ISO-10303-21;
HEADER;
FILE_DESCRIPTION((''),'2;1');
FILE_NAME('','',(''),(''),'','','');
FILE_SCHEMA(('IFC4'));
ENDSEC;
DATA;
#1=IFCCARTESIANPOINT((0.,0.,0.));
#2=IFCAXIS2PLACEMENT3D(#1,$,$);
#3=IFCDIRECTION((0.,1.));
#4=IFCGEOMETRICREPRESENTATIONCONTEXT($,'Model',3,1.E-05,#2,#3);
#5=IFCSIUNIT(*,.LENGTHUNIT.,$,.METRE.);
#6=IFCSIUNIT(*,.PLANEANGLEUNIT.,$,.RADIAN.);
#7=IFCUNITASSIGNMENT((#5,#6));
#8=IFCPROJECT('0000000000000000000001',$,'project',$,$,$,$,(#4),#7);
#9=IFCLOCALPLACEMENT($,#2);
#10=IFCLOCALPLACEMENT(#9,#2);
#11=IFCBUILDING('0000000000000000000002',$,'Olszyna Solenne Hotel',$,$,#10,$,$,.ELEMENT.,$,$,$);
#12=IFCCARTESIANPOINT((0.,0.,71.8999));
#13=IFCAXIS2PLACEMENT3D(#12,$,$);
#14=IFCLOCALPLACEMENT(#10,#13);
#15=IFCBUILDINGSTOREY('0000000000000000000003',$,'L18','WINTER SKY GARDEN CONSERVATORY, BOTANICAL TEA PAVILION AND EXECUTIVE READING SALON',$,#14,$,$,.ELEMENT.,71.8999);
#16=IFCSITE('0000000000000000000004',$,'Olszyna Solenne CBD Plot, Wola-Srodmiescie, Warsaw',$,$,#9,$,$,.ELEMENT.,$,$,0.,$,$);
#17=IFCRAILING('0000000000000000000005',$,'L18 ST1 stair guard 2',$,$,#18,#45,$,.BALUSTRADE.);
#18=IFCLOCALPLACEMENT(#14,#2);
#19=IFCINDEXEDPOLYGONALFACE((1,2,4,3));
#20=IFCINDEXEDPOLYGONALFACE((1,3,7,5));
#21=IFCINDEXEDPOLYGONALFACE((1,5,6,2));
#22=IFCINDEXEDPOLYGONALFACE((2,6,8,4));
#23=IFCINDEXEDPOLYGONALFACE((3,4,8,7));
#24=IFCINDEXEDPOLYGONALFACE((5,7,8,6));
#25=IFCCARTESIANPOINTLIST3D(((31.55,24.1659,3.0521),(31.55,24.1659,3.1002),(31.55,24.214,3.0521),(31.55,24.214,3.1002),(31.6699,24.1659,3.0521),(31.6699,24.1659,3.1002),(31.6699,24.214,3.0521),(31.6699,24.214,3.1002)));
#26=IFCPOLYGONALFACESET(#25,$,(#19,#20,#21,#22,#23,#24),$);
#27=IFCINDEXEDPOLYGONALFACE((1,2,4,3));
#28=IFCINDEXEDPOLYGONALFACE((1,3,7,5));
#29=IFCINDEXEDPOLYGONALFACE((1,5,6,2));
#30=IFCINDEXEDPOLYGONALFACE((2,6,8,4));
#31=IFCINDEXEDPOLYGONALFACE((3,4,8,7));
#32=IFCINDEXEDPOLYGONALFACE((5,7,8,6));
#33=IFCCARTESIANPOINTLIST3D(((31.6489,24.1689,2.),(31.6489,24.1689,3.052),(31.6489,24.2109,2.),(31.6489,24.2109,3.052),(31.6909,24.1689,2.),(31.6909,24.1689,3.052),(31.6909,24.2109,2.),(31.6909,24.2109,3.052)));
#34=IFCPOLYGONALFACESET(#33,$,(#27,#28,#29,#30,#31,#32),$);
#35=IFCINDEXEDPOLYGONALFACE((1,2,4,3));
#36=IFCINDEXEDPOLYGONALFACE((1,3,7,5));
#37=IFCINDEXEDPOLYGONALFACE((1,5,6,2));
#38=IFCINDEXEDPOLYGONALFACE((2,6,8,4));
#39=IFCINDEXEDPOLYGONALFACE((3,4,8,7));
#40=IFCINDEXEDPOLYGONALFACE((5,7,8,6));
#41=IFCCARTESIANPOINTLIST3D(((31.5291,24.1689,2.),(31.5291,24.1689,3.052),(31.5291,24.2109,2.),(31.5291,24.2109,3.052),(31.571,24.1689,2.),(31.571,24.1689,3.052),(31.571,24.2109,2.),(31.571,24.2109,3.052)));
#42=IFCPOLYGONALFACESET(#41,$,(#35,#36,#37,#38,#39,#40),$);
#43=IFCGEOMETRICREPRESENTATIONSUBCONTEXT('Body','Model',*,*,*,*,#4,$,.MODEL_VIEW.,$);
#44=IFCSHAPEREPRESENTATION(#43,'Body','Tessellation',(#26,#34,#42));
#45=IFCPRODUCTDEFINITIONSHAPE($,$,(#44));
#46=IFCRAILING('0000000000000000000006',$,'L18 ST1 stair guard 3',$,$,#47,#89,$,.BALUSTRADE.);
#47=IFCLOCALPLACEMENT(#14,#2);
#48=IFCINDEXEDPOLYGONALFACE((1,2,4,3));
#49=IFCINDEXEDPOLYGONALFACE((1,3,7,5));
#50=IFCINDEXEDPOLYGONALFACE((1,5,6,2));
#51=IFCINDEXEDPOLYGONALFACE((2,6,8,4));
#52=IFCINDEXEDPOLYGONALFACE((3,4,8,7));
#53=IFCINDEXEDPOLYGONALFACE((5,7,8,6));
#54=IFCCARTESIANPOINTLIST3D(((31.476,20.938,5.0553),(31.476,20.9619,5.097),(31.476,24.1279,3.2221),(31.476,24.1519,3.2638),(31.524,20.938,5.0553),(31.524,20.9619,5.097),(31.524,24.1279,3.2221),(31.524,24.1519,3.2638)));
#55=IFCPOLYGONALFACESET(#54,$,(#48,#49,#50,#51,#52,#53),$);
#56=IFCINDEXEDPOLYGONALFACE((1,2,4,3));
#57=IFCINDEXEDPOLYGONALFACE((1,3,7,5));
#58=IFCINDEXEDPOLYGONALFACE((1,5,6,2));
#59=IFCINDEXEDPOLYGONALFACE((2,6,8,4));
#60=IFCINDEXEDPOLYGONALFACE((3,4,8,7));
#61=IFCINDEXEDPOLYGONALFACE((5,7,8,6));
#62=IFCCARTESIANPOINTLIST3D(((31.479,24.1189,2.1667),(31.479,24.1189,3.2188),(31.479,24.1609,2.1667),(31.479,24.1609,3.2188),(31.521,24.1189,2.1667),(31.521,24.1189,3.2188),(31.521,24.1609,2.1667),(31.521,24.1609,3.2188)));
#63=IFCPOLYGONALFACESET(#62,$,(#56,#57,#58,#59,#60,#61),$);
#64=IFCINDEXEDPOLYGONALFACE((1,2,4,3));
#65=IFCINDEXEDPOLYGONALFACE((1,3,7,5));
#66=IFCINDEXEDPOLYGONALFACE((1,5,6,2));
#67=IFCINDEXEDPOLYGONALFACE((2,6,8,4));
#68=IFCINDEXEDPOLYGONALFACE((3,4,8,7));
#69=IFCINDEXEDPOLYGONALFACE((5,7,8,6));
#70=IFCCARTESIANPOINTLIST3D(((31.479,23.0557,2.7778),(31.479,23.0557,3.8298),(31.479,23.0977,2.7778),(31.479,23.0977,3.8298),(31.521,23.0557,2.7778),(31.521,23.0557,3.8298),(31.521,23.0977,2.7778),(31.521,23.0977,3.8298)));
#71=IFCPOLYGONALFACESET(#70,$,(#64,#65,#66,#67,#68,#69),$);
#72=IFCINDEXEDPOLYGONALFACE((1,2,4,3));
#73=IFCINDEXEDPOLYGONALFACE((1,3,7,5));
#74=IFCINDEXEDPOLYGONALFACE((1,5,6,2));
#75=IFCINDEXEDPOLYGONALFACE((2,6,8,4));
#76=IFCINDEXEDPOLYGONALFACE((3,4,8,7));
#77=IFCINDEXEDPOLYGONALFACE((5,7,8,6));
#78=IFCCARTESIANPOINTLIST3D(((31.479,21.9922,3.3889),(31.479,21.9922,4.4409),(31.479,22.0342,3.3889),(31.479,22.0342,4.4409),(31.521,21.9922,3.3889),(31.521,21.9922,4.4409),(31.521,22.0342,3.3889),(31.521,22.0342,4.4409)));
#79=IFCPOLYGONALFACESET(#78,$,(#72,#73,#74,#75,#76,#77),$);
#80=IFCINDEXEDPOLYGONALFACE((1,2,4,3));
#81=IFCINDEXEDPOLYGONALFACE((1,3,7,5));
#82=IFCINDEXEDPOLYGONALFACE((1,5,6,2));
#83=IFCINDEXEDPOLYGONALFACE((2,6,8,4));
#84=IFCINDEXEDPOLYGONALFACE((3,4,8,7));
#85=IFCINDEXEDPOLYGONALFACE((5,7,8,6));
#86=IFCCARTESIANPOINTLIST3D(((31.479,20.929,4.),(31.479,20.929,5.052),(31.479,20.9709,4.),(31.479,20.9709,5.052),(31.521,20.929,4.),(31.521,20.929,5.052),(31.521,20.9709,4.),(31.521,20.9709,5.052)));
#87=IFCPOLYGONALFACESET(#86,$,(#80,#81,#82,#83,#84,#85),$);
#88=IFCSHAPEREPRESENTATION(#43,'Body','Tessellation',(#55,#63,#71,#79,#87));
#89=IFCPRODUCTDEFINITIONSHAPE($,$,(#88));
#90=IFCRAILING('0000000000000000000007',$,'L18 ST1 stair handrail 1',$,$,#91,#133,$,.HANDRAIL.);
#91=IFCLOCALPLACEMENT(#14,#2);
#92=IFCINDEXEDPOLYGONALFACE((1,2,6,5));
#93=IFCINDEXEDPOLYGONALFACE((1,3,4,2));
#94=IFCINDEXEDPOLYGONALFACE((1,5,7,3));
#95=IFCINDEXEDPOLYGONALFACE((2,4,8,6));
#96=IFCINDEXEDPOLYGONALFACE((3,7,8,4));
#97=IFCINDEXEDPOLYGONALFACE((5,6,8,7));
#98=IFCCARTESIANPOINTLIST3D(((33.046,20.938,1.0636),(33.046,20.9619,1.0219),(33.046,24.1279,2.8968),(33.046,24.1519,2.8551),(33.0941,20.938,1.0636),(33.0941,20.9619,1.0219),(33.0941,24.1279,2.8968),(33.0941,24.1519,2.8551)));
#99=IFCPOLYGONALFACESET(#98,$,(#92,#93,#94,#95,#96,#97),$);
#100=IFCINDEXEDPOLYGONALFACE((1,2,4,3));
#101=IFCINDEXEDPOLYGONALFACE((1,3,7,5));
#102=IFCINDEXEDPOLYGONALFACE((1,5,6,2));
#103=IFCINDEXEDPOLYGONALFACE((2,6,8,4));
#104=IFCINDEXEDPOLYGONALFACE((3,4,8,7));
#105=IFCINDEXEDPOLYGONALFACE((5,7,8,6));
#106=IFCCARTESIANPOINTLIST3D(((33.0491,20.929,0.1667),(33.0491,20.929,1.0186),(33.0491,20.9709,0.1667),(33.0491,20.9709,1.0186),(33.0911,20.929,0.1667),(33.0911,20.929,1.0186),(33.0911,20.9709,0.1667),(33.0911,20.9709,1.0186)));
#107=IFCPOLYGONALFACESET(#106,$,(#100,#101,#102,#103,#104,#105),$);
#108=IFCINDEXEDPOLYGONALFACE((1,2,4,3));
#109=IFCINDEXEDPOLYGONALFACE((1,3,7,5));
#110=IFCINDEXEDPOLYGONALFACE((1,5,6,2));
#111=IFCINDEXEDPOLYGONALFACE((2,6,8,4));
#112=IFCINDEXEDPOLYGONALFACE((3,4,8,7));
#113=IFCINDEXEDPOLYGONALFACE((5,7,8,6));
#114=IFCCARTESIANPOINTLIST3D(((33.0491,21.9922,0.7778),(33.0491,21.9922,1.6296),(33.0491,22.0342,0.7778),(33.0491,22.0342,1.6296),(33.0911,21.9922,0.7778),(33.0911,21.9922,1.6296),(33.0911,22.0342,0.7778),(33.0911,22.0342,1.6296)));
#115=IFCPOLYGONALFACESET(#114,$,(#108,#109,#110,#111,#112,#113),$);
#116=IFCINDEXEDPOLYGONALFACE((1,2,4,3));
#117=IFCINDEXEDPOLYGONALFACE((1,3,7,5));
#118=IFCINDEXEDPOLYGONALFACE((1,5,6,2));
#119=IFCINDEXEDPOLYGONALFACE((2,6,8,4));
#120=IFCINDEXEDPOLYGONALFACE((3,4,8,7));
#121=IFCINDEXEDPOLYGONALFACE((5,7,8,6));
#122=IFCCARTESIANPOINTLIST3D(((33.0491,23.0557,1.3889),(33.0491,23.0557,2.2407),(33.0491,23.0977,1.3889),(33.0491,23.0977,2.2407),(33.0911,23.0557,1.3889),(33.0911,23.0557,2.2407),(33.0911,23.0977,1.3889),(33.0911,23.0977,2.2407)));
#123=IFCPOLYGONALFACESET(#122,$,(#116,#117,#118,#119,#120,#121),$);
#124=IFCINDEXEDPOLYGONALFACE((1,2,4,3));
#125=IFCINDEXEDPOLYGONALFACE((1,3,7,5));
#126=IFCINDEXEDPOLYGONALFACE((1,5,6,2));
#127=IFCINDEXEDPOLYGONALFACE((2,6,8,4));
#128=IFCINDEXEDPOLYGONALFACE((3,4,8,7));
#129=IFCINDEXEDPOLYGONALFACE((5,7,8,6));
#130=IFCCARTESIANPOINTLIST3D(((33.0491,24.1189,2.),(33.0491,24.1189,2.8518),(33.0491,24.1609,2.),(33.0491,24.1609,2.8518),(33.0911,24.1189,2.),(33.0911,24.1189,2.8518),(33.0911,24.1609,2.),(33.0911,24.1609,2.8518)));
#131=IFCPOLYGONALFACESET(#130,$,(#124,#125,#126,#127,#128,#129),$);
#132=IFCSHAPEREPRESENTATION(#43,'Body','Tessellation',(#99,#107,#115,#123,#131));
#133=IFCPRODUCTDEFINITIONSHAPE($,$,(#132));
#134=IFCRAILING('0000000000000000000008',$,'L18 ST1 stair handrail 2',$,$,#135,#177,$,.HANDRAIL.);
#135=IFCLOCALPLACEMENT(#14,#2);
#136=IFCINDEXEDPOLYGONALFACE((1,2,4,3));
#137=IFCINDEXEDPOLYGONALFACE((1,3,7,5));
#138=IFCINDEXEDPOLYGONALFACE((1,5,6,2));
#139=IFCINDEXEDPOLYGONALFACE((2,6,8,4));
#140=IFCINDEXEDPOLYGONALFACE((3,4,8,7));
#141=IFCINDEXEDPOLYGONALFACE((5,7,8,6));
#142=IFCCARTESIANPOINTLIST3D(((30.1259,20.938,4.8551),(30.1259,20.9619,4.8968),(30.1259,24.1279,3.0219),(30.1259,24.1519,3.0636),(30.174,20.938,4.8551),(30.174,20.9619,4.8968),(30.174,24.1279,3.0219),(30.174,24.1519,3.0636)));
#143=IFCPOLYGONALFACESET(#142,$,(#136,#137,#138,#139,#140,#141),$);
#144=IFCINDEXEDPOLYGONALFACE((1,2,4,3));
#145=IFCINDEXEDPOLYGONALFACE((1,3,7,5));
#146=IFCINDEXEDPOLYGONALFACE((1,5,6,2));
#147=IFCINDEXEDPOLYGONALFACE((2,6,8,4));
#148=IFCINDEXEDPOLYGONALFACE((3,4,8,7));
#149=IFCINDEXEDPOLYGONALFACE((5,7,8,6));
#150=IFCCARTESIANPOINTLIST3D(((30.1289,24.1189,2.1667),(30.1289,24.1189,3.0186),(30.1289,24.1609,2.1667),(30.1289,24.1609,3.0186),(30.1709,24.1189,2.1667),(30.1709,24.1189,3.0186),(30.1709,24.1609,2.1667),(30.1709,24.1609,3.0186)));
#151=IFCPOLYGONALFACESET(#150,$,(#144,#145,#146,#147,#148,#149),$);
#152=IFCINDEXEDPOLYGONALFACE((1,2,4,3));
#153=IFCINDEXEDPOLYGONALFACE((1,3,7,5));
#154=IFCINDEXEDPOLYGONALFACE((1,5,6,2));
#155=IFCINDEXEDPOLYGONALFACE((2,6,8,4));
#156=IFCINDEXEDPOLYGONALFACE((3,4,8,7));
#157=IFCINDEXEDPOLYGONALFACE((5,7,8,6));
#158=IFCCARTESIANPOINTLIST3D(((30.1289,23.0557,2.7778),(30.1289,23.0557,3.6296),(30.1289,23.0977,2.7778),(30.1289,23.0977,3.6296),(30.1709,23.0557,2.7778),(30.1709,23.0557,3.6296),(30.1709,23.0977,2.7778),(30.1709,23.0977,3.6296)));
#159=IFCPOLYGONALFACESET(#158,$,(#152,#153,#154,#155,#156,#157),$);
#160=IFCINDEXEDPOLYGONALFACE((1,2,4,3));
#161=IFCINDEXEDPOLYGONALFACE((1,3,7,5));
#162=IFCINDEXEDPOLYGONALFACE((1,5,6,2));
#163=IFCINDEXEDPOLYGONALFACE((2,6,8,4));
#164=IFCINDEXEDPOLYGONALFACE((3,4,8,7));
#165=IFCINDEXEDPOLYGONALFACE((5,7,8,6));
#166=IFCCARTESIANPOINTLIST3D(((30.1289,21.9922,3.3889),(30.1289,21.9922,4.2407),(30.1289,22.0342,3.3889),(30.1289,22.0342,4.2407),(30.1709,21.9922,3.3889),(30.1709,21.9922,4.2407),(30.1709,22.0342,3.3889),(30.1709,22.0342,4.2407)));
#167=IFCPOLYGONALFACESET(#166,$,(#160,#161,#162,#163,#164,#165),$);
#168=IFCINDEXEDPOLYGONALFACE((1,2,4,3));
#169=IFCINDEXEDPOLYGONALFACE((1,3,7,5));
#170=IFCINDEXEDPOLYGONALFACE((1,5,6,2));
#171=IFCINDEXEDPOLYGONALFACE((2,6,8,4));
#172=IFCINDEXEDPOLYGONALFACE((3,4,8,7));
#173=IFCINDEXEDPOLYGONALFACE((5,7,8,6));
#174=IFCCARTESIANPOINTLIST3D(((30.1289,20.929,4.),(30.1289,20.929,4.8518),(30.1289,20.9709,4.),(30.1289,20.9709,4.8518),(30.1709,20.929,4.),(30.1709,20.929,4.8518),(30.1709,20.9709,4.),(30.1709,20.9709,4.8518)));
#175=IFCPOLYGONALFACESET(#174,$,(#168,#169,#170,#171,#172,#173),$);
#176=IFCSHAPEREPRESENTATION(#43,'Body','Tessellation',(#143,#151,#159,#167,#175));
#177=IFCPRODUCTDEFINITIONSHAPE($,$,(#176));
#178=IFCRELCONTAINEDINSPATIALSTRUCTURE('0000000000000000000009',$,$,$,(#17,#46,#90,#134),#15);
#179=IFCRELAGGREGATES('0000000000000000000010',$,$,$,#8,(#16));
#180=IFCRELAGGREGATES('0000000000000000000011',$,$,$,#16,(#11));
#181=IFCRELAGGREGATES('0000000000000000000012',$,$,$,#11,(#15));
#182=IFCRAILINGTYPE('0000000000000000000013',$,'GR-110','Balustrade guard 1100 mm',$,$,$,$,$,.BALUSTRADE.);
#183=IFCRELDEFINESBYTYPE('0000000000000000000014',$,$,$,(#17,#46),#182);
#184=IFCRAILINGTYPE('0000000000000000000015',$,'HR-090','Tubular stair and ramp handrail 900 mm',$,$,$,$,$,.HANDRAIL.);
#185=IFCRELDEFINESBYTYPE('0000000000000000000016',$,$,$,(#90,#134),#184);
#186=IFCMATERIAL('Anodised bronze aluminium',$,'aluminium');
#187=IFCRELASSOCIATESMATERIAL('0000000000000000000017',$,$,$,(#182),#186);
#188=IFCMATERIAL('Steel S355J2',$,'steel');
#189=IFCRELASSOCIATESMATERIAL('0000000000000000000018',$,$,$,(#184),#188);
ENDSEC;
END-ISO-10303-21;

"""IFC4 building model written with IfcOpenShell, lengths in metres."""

from ifc_helpers import new_model, si_unit, direction, frame, origin, origin_2d, place, context, subcontext, project, spatial, rectangle, extrude, material, type_object, element, save


model = new_model("IFC4")

# Units and contexts
model_context = context("Model", 3, precision=1e-05, world=origin(), true_north=direction((0.0, 1.0)))
body_context = subcontext(model_context, "Body", "Model", "MODEL_VIEW")
ifc_project = project(units=[si_unit("LENGTHUNIT", "METRE"), si_unit("PLANEANGLEUNIT", "RADIAN")], contexts=[model_context])

# Site, building, storey
site_placement = place(None, origin())
site = spatial("IfcSite", under=ifc_project, at=site_placement, Name="Olszyna Solenne CBD Plot, Wola-Srodmiescie, Warsaw", CompositionType="ELEMENT", RefElevation=0.0)
building_placement = place(site_placement, origin())
building = spatial("IfcBuilding", under=site, at=building_placement, Name="Olszyna Solenne Hotel", CompositionType="ELEMENT")
storey_placement = place(building_placement, frame((0.0, 0.0, 71.8999)))
storey = spatial("IfcBuildingStorey", under=building, at=storey_placement, Name="L18", Description="WINTER SKY GARDEN CONSERVATORY, BOTANICAL TEA PAVILION AND EXECUTIVE READING SALON", CompositionType="ELEMENT", Elevation=71.8999)

# Shared definitions
ifc_material_1 = material(Name="Steel S355J2", Category="steel")

# Railings
ifc_material_2 = material(Name="Anodised bronze aluminium", Category="aluminium")
railing_type_1 = type_object("IfcRailingType", Name="GR-110", Description="Balustrade guard 1100 mm", PredefinedType="BALUSTRADE", material=ifc_material_2)
railing_1_placement = place(storey_placement, frame((31.6699, 24.1899, 2.0)))
element("IfcRailing", 1, at=railing_1_placement, inside=storey, type_object=railing_type_1, Name="L18 ST1 stair guard 2", PredefinedType="BALUSTRADE", context=body_context, shape_type="SweptSolid", body=[
    extrude(rectangle(XDim=0.0481, YDim=0.0481, at=origin_2d()), frame((0.0, 0.0, 1.0762), z_axis=(-1.0, 0.0, 0.0), x_axis=(0.0, -1.0, 0.0)), (0.0, 0.0, 1.0), 0.1199),
    extrude(rectangle(XDim=0.042, YDim=0.042, at=origin_2d()), origin(), (0.0, 0.0, 1.0), 1.052),
    extrude(rectangle(XDim=0.042, YDim=0.042, at=origin_2d()), frame((-0.1199, 0.0, 0.0)), (0.0, 0.0, 1.0), 1.052),
])
railing_2_placement = place(storey_placement, frame((31.5, 24.1399, 2.1667)))
element("IfcRailing", 2, at=railing_2_placement, inside=storey, type_object=railing_type_1, Name="L18 ST1 stair guard 3", PredefinedType="BALUSTRADE", context=body_context, shape_type="SweptSolid", body=[
    extrude(rectangle(XDim=0.0481, YDim=0.0481, at=origin_2d()), frame((0.0, 0.0, 1.0762), z_axis=(0.0, -0.86702, 0.498274), x_axis=(1.0, 0.0, 0.0)), (0.0, 0.0, 1.0), 3.6792),
    extrude(rectangle(XDim=0.042, YDim=0.042, at=origin_2d()), origin(), (0.0, 0.0, 1.0), 1.052),
    extrude(rectangle(XDim=0.042, YDim=0.042, at=origin_2d()), frame((0.0, -1.0632, 0.6111)), (0.0, 0.0, 1.0), 1.052),
    extrude(rectangle(XDim=0.042, YDim=0.042, at=origin_2d()), frame((0.0, -2.1267, 1.2222)), (0.0, 0.0, 1.0), 1.052),
    extrude(rectangle(XDim=0.042, YDim=0.042, at=origin_2d()), frame((0.0, -3.1899, 1.8333)), (0.0, 0.0, 1.0), 1.052),
])
railing_type_2 = type_object("IfcRailingType", Name="HR-090", Description="Tubular stair and ramp handrail 900 mm", PredefinedType="HANDRAIL", material=ifc_material_1)
railing_3_placement = place(storey_placement, frame((33.0701, 20.95, 0.1667)))
element("IfcRailing", 3, at=railing_3_placement, inside=storey, type_object=railing_type_2, Name="L18 ST1 stair handrail 1", PredefinedType="HANDRAIL", context=body_context, shape_type="SweptSolid", body=[
    extrude(rectangle(XDim=0.0481, YDim=0.0481, at=origin_2d()), frame((0.0, 0.0, 0.876), z_axis=(0.0, 0.86702, 0.498274), x_axis=(-1.0, 0.0, 0.0)), (0.0, 0.0, 1.0), 3.6792),
    extrude(rectangle(XDim=0.042, YDim=0.042, at=origin_2d()), origin(), (0.0, 0.0, 1.0), 0.8518),
    extrude(rectangle(XDim=0.042, YDim=0.042, at=origin_2d()), frame((0.0, 1.0632, 0.6111)), (0.0, 0.0, 1.0), 0.8518),
    extrude(rectangle(XDim=0.042, YDim=0.042, at=origin_2d()), frame((0.0, 2.1267, 1.2222)), (0.0, 0.0, 1.0), 0.8518),
    extrude(rectangle(XDim=0.042, YDim=0.042, at=origin_2d()), frame((0.0, 3.1899, 1.8333)), (0.0, 0.0, 1.0), 0.8518),
])
railing_4_placement = place(storey_placement, frame((30.1499, 24.1399, 2.1667)))
element("IfcRailing", 4, at=railing_4_placement, inside=storey, type_object=railing_type_2, Name="L18 ST1 stair handrail 2", PredefinedType="HANDRAIL", context=body_context, shape_type="SweptSolid", body=[
    extrude(rectangle(XDim=0.0481, YDim=0.0481, at=origin_2d()), frame((0.0, 0.0, 0.876), z_axis=(0.0, -0.86702, 0.498274), x_axis=(1.0, 0.0, 0.0)), (0.0, 0.0, 1.0), 3.6792),
    extrude(rectangle(XDim=0.042, YDim=0.042, at=origin_2d()), origin(), (0.0, 0.0, 1.0), 0.8518),
    extrude(rectangle(XDim=0.042, YDim=0.042, at=origin_2d()), frame((0.0, -1.0632, 0.6111)), (0.0, 0.0, 1.0), 0.8518),
    extrude(rectangle(XDim=0.042, YDim=0.042, at=origin_2d()), frame((0.0, -2.1267, 1.2222)), (0.0, 0.0, 1.0), 0.8518),
    extrude(rectangle(XDim=0.042, YDim=0.042, at=origin_2d()), frame((0.0, -3.1899, 1.8333)), (0.0, 0.0, 1.0), 0.8518),
])

save(model, "model.ifc")
